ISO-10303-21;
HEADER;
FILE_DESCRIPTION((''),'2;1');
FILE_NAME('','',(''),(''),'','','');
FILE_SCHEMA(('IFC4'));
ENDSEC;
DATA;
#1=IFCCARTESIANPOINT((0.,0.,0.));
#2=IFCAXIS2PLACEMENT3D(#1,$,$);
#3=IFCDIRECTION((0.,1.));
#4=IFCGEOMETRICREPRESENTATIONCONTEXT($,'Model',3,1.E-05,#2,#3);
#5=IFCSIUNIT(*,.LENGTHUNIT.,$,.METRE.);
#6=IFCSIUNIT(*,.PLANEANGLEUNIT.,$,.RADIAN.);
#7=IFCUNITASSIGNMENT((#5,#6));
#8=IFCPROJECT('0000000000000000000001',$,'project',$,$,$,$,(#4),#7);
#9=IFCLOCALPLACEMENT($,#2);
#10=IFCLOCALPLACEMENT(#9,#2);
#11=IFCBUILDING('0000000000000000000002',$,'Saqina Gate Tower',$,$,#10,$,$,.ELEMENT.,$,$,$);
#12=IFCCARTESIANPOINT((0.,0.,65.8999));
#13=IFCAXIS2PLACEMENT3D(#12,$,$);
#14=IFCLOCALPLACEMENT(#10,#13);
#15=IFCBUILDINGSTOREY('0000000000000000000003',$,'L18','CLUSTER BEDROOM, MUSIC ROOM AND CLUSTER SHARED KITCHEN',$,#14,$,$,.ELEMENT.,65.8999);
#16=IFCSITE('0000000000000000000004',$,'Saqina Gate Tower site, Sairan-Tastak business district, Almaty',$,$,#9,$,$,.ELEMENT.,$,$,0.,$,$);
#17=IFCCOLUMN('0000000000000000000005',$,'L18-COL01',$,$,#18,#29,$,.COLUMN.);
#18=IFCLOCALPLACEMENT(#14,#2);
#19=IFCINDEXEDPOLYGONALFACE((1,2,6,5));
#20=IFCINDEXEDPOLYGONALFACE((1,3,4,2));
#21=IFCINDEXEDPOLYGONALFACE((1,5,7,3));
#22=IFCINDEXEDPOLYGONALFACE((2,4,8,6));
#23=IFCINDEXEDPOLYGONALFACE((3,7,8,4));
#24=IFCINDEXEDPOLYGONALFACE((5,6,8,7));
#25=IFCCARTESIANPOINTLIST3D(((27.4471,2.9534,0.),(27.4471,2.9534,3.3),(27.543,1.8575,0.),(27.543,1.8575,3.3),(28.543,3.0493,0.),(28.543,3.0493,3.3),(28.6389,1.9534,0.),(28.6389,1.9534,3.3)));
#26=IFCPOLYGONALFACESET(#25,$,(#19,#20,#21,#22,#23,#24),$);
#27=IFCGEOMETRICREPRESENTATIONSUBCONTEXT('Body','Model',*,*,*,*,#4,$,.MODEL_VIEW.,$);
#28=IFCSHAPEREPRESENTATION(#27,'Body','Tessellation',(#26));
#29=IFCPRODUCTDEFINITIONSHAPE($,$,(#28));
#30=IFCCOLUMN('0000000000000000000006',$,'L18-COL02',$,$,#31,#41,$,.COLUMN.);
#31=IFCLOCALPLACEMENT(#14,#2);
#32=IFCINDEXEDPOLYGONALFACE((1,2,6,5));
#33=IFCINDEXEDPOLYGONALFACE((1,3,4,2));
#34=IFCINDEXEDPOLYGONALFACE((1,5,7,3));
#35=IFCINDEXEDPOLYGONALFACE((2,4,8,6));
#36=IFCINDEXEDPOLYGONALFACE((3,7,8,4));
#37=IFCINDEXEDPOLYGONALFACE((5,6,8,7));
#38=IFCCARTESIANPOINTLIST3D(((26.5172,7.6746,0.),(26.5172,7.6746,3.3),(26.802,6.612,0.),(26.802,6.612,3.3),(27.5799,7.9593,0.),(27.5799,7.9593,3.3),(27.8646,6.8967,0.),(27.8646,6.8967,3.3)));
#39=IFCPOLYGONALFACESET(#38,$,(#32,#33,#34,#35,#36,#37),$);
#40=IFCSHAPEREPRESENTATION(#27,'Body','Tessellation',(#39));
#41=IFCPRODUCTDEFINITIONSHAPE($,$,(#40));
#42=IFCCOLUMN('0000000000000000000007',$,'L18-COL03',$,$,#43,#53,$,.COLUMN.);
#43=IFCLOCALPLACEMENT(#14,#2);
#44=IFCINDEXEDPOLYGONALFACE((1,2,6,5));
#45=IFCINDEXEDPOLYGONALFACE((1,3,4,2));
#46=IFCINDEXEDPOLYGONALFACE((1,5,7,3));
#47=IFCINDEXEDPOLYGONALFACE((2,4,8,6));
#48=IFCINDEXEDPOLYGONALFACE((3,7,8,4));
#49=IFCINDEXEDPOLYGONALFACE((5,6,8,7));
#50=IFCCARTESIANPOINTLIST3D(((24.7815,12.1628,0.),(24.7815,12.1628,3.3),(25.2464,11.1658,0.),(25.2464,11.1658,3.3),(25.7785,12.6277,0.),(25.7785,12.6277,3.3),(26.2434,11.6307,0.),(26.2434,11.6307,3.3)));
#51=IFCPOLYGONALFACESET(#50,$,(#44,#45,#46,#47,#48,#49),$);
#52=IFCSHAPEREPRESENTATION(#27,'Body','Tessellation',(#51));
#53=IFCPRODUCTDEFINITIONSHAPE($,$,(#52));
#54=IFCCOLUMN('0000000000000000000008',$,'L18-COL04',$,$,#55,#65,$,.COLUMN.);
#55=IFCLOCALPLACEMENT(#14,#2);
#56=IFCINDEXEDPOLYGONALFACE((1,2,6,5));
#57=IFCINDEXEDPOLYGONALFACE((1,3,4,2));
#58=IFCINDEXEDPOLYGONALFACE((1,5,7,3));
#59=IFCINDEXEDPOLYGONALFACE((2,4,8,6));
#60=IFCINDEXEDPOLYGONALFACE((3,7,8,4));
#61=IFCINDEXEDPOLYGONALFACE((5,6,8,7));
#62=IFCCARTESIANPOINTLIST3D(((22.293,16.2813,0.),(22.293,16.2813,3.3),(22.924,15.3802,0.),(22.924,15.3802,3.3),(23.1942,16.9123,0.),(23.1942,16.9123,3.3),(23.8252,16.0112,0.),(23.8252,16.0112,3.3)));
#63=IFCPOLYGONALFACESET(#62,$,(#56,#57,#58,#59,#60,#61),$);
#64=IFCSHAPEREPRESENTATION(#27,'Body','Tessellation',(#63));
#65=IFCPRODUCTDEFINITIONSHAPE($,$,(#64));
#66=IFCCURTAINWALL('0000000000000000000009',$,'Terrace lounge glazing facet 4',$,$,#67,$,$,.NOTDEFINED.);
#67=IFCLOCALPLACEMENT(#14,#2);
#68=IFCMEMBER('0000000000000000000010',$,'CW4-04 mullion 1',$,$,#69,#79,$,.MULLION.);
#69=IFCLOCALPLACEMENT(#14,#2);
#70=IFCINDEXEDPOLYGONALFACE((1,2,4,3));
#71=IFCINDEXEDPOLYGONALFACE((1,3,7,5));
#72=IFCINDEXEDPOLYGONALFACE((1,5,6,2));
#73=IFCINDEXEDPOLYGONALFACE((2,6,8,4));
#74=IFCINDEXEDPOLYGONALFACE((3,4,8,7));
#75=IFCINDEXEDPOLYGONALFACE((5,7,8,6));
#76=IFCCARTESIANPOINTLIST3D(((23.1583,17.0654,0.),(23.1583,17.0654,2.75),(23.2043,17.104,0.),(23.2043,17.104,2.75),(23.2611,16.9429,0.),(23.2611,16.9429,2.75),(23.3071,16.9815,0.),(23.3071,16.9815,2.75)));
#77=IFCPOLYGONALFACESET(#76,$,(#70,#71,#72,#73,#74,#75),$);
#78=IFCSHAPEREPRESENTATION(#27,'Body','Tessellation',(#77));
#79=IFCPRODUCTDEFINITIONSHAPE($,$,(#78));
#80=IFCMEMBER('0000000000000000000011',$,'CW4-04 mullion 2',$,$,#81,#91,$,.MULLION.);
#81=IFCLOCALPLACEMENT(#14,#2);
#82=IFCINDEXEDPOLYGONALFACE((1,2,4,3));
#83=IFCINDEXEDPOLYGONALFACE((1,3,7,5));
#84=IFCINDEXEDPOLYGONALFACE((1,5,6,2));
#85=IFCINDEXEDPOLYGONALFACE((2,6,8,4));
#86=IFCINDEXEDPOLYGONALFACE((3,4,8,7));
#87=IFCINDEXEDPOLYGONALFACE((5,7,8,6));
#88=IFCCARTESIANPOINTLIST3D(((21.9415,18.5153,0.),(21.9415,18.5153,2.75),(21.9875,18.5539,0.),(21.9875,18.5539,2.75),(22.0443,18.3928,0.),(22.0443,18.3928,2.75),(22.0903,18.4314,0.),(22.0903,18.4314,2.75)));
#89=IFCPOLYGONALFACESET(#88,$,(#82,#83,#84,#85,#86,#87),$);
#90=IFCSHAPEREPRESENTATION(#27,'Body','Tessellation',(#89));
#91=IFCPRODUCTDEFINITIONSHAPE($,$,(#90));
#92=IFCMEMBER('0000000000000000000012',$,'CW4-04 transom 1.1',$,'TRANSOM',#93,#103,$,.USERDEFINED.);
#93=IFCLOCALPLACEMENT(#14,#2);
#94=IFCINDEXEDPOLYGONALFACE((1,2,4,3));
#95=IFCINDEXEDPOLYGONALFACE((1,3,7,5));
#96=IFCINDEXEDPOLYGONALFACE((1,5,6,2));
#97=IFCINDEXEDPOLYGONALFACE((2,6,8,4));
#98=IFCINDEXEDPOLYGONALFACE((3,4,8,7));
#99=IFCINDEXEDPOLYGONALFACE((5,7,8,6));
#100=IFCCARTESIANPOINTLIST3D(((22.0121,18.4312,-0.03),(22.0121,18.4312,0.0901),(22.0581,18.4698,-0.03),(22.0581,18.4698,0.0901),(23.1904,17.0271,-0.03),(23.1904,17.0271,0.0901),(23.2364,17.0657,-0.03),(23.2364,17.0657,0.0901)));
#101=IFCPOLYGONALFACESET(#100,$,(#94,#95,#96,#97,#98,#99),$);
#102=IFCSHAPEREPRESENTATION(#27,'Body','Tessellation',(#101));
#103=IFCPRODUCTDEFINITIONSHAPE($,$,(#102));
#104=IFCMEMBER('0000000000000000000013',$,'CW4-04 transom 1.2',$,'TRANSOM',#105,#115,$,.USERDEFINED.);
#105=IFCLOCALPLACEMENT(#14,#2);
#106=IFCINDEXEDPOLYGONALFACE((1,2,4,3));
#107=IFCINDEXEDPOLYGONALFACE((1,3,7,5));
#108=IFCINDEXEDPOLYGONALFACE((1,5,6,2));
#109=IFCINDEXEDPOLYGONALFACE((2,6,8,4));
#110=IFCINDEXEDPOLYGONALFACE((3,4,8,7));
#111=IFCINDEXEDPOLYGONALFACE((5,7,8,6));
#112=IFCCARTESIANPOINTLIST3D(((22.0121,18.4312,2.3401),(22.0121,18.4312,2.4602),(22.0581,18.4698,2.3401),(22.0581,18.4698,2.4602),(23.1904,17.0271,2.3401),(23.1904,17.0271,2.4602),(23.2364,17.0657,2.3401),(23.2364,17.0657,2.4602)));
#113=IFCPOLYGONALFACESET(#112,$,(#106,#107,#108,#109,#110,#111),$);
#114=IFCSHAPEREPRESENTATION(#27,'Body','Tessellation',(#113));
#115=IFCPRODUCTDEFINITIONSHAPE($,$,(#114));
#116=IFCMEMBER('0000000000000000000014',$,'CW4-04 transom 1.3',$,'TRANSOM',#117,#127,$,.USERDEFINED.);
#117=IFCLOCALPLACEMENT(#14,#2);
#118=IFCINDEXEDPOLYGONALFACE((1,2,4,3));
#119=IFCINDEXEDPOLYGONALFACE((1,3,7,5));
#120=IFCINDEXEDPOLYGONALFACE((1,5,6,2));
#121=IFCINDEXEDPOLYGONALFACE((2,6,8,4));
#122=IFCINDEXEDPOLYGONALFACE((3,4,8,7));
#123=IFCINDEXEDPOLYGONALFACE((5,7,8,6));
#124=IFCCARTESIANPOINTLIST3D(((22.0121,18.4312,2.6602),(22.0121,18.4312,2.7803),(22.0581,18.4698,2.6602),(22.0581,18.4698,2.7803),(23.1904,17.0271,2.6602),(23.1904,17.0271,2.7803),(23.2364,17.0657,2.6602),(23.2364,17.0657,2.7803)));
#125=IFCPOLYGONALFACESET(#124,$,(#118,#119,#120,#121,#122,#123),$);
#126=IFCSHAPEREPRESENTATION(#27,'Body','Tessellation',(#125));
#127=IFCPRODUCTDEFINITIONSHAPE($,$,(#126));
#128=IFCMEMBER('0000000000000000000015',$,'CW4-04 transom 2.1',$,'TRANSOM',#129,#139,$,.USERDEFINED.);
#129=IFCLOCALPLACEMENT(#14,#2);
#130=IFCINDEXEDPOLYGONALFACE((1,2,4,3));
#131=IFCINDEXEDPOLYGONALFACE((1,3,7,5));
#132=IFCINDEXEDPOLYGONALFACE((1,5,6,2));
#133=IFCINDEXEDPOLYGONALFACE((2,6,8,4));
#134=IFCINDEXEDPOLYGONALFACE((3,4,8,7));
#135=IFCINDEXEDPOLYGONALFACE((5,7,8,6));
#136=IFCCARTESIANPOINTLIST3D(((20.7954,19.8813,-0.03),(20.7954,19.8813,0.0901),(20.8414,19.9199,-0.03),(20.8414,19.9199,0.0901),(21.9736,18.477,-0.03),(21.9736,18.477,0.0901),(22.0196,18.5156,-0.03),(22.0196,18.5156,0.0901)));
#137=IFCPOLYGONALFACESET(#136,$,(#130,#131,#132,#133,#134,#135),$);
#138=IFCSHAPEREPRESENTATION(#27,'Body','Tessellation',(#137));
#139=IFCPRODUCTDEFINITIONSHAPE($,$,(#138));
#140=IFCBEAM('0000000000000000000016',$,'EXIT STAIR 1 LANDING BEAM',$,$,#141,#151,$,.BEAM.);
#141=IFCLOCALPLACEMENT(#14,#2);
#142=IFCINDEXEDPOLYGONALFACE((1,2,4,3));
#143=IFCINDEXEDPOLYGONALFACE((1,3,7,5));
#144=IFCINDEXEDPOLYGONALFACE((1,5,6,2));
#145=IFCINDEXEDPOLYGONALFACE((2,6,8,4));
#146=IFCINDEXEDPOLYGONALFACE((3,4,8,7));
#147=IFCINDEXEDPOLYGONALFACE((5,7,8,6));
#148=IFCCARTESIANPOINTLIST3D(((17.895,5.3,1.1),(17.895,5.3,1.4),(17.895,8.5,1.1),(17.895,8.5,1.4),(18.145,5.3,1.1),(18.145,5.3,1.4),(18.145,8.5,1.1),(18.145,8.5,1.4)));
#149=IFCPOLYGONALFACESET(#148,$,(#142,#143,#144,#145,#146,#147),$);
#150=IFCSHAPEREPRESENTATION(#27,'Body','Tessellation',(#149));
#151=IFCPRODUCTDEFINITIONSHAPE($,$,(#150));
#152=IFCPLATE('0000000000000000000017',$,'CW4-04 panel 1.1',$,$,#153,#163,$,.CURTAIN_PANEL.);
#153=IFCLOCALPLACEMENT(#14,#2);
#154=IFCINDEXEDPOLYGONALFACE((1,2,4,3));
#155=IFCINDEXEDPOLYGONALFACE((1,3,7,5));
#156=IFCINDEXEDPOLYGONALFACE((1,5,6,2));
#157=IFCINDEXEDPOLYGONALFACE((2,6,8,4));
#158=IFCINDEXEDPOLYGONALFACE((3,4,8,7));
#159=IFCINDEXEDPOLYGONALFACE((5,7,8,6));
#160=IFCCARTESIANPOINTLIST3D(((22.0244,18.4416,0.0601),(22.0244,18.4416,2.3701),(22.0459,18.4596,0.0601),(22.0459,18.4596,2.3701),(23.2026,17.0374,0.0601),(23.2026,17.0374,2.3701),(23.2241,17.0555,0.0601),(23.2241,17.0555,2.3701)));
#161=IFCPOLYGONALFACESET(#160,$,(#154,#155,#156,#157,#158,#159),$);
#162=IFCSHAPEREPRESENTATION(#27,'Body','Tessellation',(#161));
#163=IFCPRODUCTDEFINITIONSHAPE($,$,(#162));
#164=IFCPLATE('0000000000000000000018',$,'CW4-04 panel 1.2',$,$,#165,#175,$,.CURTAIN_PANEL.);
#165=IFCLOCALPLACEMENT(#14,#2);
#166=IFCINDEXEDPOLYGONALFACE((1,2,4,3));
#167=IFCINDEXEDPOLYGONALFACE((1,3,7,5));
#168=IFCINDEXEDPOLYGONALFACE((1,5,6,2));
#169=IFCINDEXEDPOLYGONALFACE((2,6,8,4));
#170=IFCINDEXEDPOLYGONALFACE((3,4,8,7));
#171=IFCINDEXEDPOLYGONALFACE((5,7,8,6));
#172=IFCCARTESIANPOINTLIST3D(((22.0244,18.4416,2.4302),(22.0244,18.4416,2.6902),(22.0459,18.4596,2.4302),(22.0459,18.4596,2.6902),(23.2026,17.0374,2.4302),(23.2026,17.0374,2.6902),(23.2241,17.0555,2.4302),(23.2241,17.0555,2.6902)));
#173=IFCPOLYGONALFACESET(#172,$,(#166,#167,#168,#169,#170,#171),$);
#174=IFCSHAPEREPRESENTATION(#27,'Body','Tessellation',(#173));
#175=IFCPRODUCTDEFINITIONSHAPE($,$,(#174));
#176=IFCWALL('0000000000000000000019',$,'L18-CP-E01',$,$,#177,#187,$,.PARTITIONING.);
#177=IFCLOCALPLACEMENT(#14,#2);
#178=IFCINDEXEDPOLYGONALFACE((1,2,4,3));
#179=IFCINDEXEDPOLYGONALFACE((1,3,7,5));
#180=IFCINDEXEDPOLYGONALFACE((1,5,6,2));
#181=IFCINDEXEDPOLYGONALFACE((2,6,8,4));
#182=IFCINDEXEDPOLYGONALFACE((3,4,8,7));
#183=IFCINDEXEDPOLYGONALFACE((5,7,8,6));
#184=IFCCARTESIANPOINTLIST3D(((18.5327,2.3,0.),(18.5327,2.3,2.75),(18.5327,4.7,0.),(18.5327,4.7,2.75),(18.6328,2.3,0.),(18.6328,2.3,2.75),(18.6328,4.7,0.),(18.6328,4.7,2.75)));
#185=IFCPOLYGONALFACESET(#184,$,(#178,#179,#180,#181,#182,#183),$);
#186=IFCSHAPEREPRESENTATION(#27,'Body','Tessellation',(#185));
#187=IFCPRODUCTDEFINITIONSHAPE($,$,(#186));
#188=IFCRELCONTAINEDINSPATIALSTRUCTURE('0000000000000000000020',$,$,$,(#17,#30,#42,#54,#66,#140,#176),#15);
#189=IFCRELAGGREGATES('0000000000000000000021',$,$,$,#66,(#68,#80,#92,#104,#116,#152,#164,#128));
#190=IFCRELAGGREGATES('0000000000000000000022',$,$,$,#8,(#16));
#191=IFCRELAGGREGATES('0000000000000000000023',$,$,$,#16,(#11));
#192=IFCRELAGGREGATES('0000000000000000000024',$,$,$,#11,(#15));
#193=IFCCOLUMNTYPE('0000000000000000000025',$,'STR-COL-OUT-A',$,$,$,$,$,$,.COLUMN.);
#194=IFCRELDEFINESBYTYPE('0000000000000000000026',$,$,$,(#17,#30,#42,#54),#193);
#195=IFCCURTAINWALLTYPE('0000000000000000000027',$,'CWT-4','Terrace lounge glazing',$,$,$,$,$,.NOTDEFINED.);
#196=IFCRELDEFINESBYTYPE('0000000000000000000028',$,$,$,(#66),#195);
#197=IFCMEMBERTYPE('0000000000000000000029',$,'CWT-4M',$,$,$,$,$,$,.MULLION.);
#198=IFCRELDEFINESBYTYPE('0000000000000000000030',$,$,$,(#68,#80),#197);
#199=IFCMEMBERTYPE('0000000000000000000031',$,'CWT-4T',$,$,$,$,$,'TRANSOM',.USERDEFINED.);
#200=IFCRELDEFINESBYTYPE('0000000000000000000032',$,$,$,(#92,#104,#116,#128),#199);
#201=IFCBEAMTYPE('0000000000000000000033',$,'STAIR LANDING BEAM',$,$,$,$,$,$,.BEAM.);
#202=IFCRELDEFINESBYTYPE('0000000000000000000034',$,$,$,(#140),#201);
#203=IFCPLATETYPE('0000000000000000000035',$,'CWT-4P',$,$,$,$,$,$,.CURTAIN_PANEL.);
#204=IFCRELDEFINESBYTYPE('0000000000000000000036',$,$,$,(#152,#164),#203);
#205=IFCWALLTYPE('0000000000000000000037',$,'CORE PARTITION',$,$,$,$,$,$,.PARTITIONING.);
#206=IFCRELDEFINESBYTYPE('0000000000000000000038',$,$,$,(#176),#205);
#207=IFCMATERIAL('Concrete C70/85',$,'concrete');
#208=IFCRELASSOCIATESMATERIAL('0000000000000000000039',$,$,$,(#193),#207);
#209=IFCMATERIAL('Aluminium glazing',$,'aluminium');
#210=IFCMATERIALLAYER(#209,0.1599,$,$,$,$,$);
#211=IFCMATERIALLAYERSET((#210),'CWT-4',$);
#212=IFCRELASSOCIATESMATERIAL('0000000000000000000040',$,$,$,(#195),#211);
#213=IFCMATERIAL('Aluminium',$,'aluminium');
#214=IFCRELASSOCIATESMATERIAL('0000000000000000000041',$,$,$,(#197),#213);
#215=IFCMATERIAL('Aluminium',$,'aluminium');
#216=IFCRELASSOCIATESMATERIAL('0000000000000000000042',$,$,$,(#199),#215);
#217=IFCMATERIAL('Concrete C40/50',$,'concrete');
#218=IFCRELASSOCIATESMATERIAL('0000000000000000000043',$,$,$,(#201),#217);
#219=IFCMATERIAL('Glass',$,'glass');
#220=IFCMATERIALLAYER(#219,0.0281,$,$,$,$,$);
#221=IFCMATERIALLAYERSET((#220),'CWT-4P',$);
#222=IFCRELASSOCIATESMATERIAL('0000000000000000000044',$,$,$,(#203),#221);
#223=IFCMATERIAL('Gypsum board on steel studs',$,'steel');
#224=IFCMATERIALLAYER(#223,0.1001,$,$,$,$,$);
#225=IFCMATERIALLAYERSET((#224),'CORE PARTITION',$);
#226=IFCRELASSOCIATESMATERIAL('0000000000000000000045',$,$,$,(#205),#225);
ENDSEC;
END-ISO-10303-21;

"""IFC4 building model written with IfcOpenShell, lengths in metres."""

from ifc_helpers import new_model, si_unit, direction, frame, frame_2d, origin, origin_2d, place, context, subcontext, project, spatial, rectangle, extrude, material, layer, layer_set, material_profile, profile_set, type_object, element, aggregate, save


model = new_model("IFC4")

# Units and contexts
model_context = context("Model", 3, precision=1e-05, world=origin(), true_north=direction((0.0, 1.0)))
body_context = subcontext(model_context, "Body", "Model", "MODEL_VIEW")
ifc_project = project(units=[si_unit("LENGTHUNIT", "METRE"), si_unit("PLANEANGLEUNIT", "RADIAN")], contexts=[model_context])

# Site, building, storey
site_placement = place(None, origin())
site = spatial("IfcSite", under=ifc_project, at=site_placement, Name="Saqina Gate Tower site, Sairan-Tastak business district, Almaty", CompositionType="ELEMENT", RefElevation=0.0)
building_placement = place(site_placement, origin())
building = spatial("IfcBuilding", under=site, at=building_placement, Name="Saqina Gate Tower", CompositionType="ELEMENT")
storey_placement = place(building_placement, frame((0.0, 0.0, 65.8999)))
storey = spatial("IfcBuildingStorey", under=building, at=storey_placement, Name="L18", Description="CLUSTER BEDROOM, MUSIC ROOM AND CLUSTER SHARED KITCHEN", CompositionType="ELEMENT", Elevation=65.8999)

# Columns
ifc_material_1 = material(Name="Concrete C70/85", Category="concrete")
ifc_material_profile_1 = material_profile(ifc_material_1, rectangle(XDim=1.1001, YDim=1.1001, at=origin_2d()), Name="RC 1100x1100")
ifc_profile_set_1 = profile_set([ifc_material_profile_1], Name="Concrete C70/85")
column_type = type_object("IfcColumnType", Name="STR-COL-OUT-A", PredefinedType="COLUMN", material=ifc_profile_set_1)
for number, where, z_axis, x_axis, name in (
    (1, (28.043, 2.4534, 0.0), (0.0, 0.0, 1.0), (0.996195, 0.087156, 0.0), "L18-COL01"),
    (2, (27.1909, 7.2856, 0.0), (0.0, 0.0, 1.0), (0.965926, 0.258819, 0.0), "L18-COL02"),
    (3, (25.5125, 11.8967, 0.0), (0.0, 0.0, 1.0), (0.906308, 0.422618, 0.0), "L18-COL03"),
    (4, (23.0591, 16.1462, 0.0), (0.0, 0.0, 1.0), (0.819152, 0.573576, 0.0), "L18-COL04"),
):
    element("IfcColumn", number, at=place(storey_placement, frame(where, z_axis=z_axis, x_axis=x_axis)), inside=storey, type_object=column_type, Name=name, PredefinedType="COLUMN", context=body_context, shape_type="SweptSolid", body=[
        extrude(rectangle(XDim=1.1001, YDim=1.1001, at=origin_2d()), origin(), (0.0, 0.0, 1.0), 3.3),
    ])

# Curtain wall, members
ifc_material_2 = material(Name="Aluminium glazing", Category="aluminium")
ifc_layer_1 = layer(ifc_material_2, 0.1599)
ifc_layer_set_1 = layer_set([ifc_layer_1], Name="CWT-4")
curtain_wall_type = type_object("IfcCurtainWallType", Name="CWT-4", Description="Terrace lounge glazing", PredefinedType="NOTDEFINED", material=ifc_layer_set_1)
curtain_wall_placement = place(storey_placement, origin())
curtain_wall = element("IfcCurtainWall", 5, at=curtain_wall_placement, inside=storey, type_object=curtain_wall_type, Name="Terrace lounge glazing facet 4", PredefinedType="NOTDEFINED")
ifc_material_3 = material(Name="Aluminium", Category="aluminium")
ifc_material_profile_2 = material_profile(ifc_material_3, rectangle(XDim=0.0601, YDim=0.1599, at=origin_2d()), Name="Aluminium 60x160")
ifc_profile_set_2 = profile_set([ifc_material_profile_2], Name="Aluminium")
member_type_1 = type_object("IfcMemberType", Name="CWT-4M", PredefinedType="MULLION", material=ifc_profile_set_2)
member_1_placement = place(storey_placement, frame((23.2327, 17.0234, 0.0), z_axis=(0.0, 0.0, 1.0), x_axis=(-0.766041, -0.642792, 0.0)))
member_1 = element("IfcMember", 6, at=member_1_placement, type_object=member_type_1, Name="CW4-04 mullion 1", PredefinedType="MULLION", context=body_context, shape_type="SweptSolid", body=[
    extrude(rectangle(XDim=0.0601, YDim=0.1599, at=origin_2d()), origin(), (0.0, 0.0, 1.0), 2.75),
])
member_2_placement = place(storey_placement, frame((22.0159, 18.4734, 0.0), z_axis=(0.0, 0.0, 1.0), x_axis=(-0.766041, -0.642792, 0.0)))
member_2 = element("IfcMember", 7, at=member_2_placement, type_object=member_type_1, Name="CW4-04 mullion 2", PredefinedType="MULLION", context=body_context, shape_type="SweptSolid", body=[
    extrude(rectangle(XDim=0.0601, YDim=0.1599, at=origin_2d()), origin(), (0.0, 0.0, 1.0), 2.75),
])
ifc_material_4 = material(Name="Aluminium", Category="aluminium")
ifc_material_profile_3 = material_profile(ifc_material_4, rectangle(XDim=0.0601, YDim=0.1201, at=origin_2d()), Name="Aluminium 60x120")
ifc_profile_set_3 = profile_set([ifc_material_profile_3], Name="Aluminium")
member_type_2 = type_object("IfcMemberType", Name="CWT-4T", ElementType="TRANSOM", PredefinedType="USERDEFINED", material=ifc_profile_set_3)
member_3_placement = place(storey_placement, frame((23.2134, 17.0464, 0.03), z_axis=(-0.642814, 0.766022, 0.0), x_axis=(-0.766022, -0.642814, 0.0)))
member_3 = element("IfcMember", 8, at=member_3_placement, type_object=member_type_2, Name="CW4-04 transom 1.1", ObjectType="TRANSOM", PredefinedType="USERDEFINED", context=body_context, shape_type="SweptSolid", body=[
    extrude(rectangle(XDim=0.0601, YDim=0.1201, at=origin_2d()), origin(), (0.0, 0.0, 1.0), 1.833),
])
member_4_placement = place(storey_placement, frame((23.2134, 17.0464, 2.4001), z_axis=(-0.642814, 0.766022, 0.0), x_axis=(-0.766022, -0.642814, 0.0)))
member_4 = element("IfcMember", 9, at=member_4_placement, type_object=member_type_2, Name="CW4-04 transom 1.2", ObjectType="TRANSOM", PredefinedType="USERDEFINED", context=body_context, shape_type="SweptSolid", body=[
    extrude(rectangle(XDim=0.0601, YDim=0.1201, at=origin_2d()), origin(), (0.0, 0.0, 1.0), 1.833),
])
member_5_placement = place(storey_placement, frame((23.2134, 17.0464, 2.7202), z_axis=(-0.642814, 0.766022, 0.0), x_axis=(-0.766022, -0.642814, 0.0)))
member_5 = element("IfcMember", 10, at=member_5_placement, type_object=member_type_2, Name="CW4-04 transom 1.3", ObjectType="TRANSOM", PredefinedType="USERDEFINED", context=body_context, shape_type="SweptSolid", body=[
    extrude(rectangle(XDim=0.0601, YDim=0.1201, at=origin_2d()), origin(), (0.0, 0.0, 1.0), 1.833),
])
member_6_placement = place(storey_placement, frame((21.9966, 18.4963, 0.03), z_axis=(-0.642748, 0.766077, 0.0), x_axis=(-0.766077, -0.642748, 0.0)))
member_6 = element("IfcMember", 11, at=member_6_placement, type_object=member_type_2, Name="CW4-04 transom 2.1", ObjectType="TRANSOM", PredefinedType="USERDEFINED", context=body_context, shape_type="SweptSolid", body=[
    extrude(rectangle(XDim=0.0601, YDim=0.1201, at=origin_2d()), origin(), (0.0, 0.0, 1.0), 1.833),
])

# Beam
ifc_material_5 = material(Name="Concrete C40/50", Category="concrete")
ifc_material_profile_4 = material_profile(ifc_material_5, rectangle(XDim=0.25, YDim=0.3, at=origin_2d()), Name="STAIR LANDING BEAM")
ifc_profile_set_4 = profile_set([ifc_material_profile_4], Name="Concrete C40/50")
beam_type = type_object("IfcBeamType", Name="STAIR LANDING BEAM", PredefinedType="BEAM", material=ifc_profile_set_4)
beam_placement = place(storey_placement, frame((18.02, 5.3, 1.25), z_axis=(0.0, 1.0, 0.0), x_axis=(-1.0, 0.0, 0.0)))
element("IfcBeam", 12, at=beam_placement, inside=storey, type_object=beam_type, Name="EXIT STAIR 1 LANDING BEAM", PredefinedType="BEAM", context=body_context, shape_type="SweptSolid", body=[
    extrude(rectangle(XDim=0.25, YDim=0.3, at=origin_2d()), origin(), (0.0, 0.0, 1.0), 3.2),
])

# Plates
ifc_material_6 = material(Name="Glass", Category="glass")
ifc_layer_2 = layer(ifc_material_6, 0.0281)
ifc_layer_set_2 = layer_set([ifc_layer_2], Name="CWT-4P")
plate_type = type_object("IfcPlateType", Name="CWT-4P", PredefinedType="CURTAIN_PANEL", material=ifc_layer_set_2)
plate_1_placement = place(storey_placement, frame((22.6243, 17.7485, 0.0601), z_axis=(0.0, 0.0, 1.0), x_axis=(-0.642792, 0.766041, 0.0)))
plate_1 = element("IfcPlate", 13, at=plate_1_placement, type_object=plate_type, Name="CW4-04 panel 1.1", PredefinedType="CURTAIN_PANEL", context=body_context, shape_type="SweptSolid", body=[
    extrude(rectangle(XDim=1.833, YDim=0.0281, at=origin_2d()), origin(), (0.0, 0.0, 1.0), 2.3101),
])
plate_2_placement = place(storey_placement, frame((22.6243, 17.7485, 2.4302), z_axis=(0.0, 0.0, 1.0), x_axis=(-0.642792, 0.766041, 0.0)))
plate_2 = element("IfcPlate", 14, at=plate_2_placement, type_object=plate_type, Name="CW4-04 panel 1.2", PredefinedType="CURTAIN_PANEL", context=body_context, shape_type="SweptSolid", body=[
    extrude(rectangle(XDim=1.833, YDim=0.0281, at=origin_2d()), origin(), (0.0, 0.0, 1.0), 0.26),
])
aggregate(curtain_wall, [member_1, member_2, member_3, member_4, member_5, plate_1, plate_2, member_6])

# Wall
ifc_material_7 = material(Name="Gypsum board on steel studs", Category="steel")
ifc_layer_3 = layer(ifc_material_7, 0.1001)
ifc_layer_set_3 = layer_set([ifc_layer_3], Name="CORE PARTITION")
wall_type_1 = type_object("IfcWallType", Name="CORE PARTITION", PredefinedType="PARTITIONING", material=ifc_layer_set_3)
for number, where, z_axis, x_axis, name in (
    (15, (18.5828, 2.3, 0.0), (0.0, 0.0, 1.0), (0.0, 1.0, 0.0), "L18-CP-E01"),
):
    element("IfcWall", number, at=place(storey_placement, frame(where, z_axis=z_axis, x_axis=x_axis)), inside=storey, type_object=wall_type_1, Name=name, PredefinedType="PARTITIONING", context=body_context, shape_type="SweptSolid", body=[
        extrude(rectangle(XDim=2.3999, YDim=0.1001, at=frame_2d((1.2, 0.0))), origin(), (0.0, 0.0, 1.0), 2.75),
    ])

save(model, "model.ifc")
